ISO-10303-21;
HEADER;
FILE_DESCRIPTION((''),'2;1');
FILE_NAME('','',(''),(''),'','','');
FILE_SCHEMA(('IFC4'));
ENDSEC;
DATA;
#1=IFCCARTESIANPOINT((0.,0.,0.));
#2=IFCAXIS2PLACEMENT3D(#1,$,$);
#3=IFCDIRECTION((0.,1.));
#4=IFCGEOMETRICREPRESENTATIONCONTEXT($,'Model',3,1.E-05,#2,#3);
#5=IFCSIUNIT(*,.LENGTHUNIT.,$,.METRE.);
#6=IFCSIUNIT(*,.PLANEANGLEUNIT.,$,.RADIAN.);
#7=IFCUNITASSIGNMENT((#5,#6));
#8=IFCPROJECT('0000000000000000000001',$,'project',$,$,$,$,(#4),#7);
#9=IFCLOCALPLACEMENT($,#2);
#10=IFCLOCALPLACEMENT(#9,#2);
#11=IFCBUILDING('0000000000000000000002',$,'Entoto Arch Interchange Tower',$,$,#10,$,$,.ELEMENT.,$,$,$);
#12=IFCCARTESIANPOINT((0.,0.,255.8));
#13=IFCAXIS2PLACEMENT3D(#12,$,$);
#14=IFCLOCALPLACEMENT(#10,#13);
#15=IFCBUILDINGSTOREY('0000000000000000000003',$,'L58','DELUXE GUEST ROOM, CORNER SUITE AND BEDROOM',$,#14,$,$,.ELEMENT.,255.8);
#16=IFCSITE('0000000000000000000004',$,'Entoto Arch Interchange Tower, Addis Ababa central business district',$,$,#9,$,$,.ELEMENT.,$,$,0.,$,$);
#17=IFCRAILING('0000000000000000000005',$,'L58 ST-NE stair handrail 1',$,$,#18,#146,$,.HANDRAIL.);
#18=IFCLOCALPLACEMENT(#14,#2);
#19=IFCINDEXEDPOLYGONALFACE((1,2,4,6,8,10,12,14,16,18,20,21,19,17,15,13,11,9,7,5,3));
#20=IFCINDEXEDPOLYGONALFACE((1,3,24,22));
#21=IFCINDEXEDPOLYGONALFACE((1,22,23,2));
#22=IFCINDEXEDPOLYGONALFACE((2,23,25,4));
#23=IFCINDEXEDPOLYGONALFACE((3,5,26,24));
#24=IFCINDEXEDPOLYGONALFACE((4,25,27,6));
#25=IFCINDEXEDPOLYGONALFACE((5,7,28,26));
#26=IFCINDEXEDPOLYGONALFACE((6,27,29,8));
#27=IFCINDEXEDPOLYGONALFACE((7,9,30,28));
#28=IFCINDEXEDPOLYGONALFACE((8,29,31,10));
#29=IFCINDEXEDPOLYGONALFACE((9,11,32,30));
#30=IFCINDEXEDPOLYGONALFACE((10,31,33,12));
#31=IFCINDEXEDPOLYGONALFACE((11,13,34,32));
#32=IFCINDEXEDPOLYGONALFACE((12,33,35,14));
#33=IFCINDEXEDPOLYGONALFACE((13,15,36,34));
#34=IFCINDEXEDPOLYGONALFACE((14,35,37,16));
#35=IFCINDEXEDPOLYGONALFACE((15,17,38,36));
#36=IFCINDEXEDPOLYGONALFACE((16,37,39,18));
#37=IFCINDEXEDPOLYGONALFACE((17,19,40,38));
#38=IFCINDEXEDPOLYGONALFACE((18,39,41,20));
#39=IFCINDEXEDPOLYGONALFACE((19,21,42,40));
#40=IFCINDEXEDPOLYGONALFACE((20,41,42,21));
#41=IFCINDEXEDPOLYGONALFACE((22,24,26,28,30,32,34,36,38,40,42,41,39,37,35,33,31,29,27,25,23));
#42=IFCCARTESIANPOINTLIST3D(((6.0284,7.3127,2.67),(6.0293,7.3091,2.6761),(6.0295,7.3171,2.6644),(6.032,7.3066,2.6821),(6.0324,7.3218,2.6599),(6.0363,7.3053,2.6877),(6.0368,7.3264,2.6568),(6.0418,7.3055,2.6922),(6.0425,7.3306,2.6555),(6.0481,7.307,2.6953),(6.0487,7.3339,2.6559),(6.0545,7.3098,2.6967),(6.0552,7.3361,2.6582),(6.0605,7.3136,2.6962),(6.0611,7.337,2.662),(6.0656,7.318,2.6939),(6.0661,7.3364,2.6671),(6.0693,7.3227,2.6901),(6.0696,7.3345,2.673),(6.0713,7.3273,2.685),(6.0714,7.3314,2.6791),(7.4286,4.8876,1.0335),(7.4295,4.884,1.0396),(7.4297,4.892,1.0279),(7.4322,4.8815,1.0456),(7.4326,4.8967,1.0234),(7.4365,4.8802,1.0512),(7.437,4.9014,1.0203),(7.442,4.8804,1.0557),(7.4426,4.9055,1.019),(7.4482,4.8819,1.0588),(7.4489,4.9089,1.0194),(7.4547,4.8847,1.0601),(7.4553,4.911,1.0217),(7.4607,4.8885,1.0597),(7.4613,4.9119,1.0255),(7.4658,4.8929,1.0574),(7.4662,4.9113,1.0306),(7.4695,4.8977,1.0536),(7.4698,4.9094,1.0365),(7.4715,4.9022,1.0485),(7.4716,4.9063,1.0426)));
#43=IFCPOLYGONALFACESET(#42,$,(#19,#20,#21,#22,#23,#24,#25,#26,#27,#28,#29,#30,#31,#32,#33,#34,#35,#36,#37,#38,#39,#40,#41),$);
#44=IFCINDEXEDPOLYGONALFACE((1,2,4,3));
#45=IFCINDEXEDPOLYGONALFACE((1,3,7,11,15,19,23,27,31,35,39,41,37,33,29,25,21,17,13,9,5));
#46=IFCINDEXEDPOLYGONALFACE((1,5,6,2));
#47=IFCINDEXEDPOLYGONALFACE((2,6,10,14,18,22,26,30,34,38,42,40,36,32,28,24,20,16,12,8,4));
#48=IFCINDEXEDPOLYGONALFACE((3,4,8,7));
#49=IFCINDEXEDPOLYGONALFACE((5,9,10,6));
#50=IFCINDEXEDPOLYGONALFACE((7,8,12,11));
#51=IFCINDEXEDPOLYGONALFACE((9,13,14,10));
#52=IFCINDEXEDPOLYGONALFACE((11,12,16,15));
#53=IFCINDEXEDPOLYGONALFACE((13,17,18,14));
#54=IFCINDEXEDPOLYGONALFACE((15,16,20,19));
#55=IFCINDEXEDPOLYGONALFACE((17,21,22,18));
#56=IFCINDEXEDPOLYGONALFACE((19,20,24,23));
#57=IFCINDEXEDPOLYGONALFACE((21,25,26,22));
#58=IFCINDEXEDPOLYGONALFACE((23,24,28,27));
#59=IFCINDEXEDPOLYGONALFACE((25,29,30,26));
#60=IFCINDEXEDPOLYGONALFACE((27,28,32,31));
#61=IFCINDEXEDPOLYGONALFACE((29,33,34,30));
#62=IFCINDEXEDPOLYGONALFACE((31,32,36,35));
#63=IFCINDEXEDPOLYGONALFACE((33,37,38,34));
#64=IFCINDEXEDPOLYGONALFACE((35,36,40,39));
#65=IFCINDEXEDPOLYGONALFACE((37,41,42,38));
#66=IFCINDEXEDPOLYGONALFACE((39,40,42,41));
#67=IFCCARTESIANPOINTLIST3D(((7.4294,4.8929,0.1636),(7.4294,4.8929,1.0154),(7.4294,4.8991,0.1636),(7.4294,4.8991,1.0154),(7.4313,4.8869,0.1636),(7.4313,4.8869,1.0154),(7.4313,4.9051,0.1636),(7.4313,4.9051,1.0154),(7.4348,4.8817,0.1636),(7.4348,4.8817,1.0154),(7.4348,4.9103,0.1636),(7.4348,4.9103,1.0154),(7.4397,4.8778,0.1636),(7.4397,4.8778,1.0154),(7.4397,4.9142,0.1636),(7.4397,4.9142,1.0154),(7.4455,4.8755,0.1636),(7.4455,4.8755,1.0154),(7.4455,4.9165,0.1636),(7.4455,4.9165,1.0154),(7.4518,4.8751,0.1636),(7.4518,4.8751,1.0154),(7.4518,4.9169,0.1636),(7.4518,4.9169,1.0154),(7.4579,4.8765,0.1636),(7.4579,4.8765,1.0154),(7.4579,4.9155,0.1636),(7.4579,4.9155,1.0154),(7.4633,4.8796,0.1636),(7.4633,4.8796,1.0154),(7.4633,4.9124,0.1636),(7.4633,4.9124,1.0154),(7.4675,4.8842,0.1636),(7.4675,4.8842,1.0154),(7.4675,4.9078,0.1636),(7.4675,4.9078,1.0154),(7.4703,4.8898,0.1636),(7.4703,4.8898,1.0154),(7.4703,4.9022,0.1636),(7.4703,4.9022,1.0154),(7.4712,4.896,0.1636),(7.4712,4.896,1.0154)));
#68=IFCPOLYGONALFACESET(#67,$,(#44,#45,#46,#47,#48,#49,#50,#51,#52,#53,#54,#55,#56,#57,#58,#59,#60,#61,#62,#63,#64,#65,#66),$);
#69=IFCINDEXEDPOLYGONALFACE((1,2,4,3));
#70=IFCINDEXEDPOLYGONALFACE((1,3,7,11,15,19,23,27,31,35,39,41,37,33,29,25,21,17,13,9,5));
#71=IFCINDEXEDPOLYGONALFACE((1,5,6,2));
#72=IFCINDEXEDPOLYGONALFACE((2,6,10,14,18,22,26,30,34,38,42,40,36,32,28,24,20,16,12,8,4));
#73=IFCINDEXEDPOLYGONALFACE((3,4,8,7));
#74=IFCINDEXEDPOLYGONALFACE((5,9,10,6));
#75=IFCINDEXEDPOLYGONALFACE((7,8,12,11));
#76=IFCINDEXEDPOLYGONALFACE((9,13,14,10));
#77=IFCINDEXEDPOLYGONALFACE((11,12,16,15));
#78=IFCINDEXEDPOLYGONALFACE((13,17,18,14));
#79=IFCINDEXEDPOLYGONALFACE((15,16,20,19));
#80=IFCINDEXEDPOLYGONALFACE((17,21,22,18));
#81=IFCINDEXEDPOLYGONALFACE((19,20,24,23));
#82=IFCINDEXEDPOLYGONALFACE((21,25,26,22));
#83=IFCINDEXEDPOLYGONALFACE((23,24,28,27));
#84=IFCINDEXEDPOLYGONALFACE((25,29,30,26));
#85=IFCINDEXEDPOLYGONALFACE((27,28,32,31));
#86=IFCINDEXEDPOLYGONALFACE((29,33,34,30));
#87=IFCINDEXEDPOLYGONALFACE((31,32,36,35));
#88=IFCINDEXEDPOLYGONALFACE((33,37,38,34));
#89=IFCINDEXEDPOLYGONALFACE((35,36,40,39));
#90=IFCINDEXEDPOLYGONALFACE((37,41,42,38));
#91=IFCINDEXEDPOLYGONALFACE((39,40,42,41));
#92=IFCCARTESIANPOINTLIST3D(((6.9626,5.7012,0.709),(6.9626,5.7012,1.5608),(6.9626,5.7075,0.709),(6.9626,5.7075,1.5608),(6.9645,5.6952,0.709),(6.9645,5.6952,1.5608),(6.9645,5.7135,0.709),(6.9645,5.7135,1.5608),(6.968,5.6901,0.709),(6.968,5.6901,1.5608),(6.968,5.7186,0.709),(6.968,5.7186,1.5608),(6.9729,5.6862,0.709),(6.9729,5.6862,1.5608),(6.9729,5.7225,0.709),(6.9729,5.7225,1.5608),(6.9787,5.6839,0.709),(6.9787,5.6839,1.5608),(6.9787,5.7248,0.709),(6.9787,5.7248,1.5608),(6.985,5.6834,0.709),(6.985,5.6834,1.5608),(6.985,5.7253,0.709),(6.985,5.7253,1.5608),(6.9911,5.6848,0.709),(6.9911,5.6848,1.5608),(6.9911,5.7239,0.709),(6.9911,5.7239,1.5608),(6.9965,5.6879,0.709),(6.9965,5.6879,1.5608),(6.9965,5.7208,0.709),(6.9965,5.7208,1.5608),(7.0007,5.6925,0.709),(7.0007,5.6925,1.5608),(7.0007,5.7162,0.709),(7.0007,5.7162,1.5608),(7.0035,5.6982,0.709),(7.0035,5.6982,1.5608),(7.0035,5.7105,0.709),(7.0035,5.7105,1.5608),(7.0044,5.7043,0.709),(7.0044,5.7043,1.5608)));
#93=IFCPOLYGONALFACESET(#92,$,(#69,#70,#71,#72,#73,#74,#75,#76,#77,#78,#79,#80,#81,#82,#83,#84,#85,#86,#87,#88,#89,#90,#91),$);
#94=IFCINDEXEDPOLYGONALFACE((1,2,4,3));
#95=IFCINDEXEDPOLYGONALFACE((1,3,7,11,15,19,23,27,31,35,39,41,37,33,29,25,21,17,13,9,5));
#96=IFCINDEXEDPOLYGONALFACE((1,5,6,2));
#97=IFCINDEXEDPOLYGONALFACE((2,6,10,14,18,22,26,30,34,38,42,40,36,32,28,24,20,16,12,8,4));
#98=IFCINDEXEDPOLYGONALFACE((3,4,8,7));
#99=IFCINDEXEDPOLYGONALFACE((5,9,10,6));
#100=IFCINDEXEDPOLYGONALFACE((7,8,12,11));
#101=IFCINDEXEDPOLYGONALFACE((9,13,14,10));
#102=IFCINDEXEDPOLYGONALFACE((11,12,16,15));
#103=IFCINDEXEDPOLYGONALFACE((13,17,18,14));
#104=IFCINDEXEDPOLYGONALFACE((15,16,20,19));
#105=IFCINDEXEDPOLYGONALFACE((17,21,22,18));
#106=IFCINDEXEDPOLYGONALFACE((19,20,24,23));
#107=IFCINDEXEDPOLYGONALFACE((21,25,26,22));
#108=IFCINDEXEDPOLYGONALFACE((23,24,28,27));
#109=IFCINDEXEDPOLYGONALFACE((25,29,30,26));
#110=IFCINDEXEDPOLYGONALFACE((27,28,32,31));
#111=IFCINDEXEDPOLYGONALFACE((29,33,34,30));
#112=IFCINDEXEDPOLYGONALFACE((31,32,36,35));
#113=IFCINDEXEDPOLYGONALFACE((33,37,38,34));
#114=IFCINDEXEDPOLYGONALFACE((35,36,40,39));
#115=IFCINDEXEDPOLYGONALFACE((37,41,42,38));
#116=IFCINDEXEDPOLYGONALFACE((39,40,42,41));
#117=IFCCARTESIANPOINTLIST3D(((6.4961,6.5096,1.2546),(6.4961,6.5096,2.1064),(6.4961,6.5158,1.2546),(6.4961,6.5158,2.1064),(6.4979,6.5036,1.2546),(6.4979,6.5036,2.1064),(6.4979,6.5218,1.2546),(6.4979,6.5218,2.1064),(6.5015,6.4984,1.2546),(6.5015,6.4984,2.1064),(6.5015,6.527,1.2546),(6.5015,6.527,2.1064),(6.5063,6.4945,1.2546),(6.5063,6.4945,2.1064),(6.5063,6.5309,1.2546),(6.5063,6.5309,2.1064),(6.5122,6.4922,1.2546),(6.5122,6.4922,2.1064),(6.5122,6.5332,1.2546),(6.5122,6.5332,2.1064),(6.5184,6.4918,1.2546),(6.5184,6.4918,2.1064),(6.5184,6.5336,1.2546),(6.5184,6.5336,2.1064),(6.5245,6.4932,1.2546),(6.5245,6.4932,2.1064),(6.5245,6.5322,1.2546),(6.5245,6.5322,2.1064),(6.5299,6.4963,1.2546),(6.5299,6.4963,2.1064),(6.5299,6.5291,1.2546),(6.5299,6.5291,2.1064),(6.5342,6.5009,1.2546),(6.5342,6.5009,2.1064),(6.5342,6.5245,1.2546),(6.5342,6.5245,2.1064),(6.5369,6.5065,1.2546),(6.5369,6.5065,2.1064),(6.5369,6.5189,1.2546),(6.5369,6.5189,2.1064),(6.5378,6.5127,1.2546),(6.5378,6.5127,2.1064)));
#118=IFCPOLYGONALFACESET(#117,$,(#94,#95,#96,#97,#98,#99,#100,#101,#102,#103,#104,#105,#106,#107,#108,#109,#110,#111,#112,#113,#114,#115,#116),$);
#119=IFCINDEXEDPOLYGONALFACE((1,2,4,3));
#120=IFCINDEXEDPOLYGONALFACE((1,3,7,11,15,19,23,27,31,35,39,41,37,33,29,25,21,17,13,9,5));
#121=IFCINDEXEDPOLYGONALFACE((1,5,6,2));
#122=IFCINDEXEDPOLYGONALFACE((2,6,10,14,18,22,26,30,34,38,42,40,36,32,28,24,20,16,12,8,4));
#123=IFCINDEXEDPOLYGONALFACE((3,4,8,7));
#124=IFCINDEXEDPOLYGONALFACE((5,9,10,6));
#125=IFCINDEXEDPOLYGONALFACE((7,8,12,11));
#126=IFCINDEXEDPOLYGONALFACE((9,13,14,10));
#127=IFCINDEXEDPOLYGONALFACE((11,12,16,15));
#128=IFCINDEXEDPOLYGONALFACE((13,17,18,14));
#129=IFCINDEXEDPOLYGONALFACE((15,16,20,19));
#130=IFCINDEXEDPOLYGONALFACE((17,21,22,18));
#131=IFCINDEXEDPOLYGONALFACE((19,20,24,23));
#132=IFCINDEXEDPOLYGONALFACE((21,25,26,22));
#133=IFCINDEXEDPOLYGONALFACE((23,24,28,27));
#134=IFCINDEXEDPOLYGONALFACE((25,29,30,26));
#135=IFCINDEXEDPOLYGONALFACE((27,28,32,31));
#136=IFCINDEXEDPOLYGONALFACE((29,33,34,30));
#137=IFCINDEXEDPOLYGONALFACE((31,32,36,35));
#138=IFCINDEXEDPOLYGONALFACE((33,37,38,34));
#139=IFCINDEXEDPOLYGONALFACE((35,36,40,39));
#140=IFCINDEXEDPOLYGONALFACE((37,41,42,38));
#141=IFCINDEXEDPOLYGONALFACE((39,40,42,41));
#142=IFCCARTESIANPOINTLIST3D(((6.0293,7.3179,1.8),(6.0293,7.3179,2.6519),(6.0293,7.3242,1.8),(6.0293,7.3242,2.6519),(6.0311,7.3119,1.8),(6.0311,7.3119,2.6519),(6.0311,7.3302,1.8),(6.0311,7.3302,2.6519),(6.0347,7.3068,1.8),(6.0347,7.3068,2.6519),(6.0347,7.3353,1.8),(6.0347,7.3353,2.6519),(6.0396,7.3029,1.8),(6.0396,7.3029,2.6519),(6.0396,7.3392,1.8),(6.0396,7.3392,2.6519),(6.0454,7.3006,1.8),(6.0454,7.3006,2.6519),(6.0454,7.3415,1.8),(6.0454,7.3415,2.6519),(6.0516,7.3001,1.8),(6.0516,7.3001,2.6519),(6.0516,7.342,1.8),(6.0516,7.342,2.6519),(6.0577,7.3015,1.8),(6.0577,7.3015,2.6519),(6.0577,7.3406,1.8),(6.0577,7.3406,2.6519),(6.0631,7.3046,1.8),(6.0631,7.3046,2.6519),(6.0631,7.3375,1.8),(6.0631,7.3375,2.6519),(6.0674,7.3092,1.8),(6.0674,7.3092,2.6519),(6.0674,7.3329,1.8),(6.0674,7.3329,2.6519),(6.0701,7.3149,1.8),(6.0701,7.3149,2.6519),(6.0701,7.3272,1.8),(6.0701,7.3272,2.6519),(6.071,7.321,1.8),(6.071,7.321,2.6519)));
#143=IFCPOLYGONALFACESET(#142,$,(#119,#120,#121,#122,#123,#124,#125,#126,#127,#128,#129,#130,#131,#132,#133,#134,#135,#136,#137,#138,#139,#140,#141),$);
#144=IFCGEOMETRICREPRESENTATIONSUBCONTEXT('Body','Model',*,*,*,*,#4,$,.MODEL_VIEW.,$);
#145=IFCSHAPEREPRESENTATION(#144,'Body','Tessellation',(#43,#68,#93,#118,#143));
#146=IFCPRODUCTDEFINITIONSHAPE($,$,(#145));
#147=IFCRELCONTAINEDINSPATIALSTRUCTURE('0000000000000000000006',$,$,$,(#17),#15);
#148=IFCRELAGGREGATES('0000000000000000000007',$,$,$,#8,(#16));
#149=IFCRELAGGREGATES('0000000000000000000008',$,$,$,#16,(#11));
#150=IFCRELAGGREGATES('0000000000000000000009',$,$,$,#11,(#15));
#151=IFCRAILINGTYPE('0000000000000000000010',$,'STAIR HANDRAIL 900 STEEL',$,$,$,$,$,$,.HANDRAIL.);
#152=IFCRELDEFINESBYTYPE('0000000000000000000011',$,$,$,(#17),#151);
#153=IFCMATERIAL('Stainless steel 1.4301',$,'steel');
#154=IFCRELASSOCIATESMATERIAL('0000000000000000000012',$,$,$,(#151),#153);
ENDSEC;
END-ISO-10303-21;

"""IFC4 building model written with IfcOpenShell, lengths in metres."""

from ifc_helpers import new_model, si_unit, direction, frame, origin, origin_2d, place, context, subcontext, project, spatial, circle, extrude, material, type_object, element, save


model = new_model("IFC4")

# Units and contexts
model_context = context("Model", 3, precision=1e-05, world=origin(), true_north=direction((0.0, 1.0)))
body_context = subcontext(model_context, "Body", "Model", "MODEL_VIEW")
ifc_project = project(units=[si_unit("LENGTHUNIT", "METRE"), si_unit("PLANEANGLEUNIT", "RADIAN")], contexts=[model_context])

# Site, building, storey
site_placement = place(None, origin())
site = spatial("IfcSite", under=ifc_project, at=site_placement, Name="Entoto Arch Interchange Tower, Addis Ababa central business district", CompositionType="ELEMENT", RefElevation=0.0)
building_placement = place(site_placement, origin())
building = spatial("IfcBuilding", under=site, at=building_placement, Name="Entoto Arch Interchange Tower", CompositionType="ELEMENT")
storey_placement = place(building_placement, frame((0.0, 0.0, 255.8)))
storey = spatial("IfcBuildingStorey", under=building, at=storey_placement, Name="L58", Description="DELUXE GUEST ROOM, CORNER SUITE AND BEDROOM", CompositionType="ELEMENT", Elevation=255.8)

# Railing
ifc_material_1 = material(Name="Stainless steel 1.4301", Category="steel")
railing_type = type_object("IfcRailingType", Name="STAIR HANDRAIL 900 STEEL", PredefinedType="HANDRAIL", material=ifc_material_1)
railing_placement = place(storey_placement, frame((7.4502, 4.896, 0.1636)))
element("IfcRailing", 1, at=railing_placement, inside=storey, type_object=railing_type, Name="L58 ST-NE stair handrail 1", PredefinedType="HANDRAIL", context=body_context, shape_type="SweptSolid", body=[
    extrude(circle(Radius=0.0239, at=origin_2d()), frame((0.0, 0.0, 0.876), z_axis=(-0.431698, 0.747699, 0.504563), x_axis=(-0.866019, -0.500012, 0.0)), (0.0, 0.0, 1.0), 3.2434),
    extrude(circle(Radius=0.021, at=origin_2d()), origin(), (0.0, 0.0, 1.0), 0.8518),
    extrude(circle(Radius=0.021, at=origin_2d()), frame((-0.4668, 0.8083, 0.5454)), (0.0, 0.0, 1.0), 0.8518),
    extrude(circle(Radius=0.021, at=origin_2d()), frame((-0.9333, 1.6167, 1.0911)), (0.0, 0.0, 1.0), 0.8518),
    extrude(circle(Radius=0.021, at=origin_2d()), frame((-1.4001, 2.425, 1.6365)), (0.0, 0.0, 1.0), 0.8518),
])

save(model, "model.ifc")
